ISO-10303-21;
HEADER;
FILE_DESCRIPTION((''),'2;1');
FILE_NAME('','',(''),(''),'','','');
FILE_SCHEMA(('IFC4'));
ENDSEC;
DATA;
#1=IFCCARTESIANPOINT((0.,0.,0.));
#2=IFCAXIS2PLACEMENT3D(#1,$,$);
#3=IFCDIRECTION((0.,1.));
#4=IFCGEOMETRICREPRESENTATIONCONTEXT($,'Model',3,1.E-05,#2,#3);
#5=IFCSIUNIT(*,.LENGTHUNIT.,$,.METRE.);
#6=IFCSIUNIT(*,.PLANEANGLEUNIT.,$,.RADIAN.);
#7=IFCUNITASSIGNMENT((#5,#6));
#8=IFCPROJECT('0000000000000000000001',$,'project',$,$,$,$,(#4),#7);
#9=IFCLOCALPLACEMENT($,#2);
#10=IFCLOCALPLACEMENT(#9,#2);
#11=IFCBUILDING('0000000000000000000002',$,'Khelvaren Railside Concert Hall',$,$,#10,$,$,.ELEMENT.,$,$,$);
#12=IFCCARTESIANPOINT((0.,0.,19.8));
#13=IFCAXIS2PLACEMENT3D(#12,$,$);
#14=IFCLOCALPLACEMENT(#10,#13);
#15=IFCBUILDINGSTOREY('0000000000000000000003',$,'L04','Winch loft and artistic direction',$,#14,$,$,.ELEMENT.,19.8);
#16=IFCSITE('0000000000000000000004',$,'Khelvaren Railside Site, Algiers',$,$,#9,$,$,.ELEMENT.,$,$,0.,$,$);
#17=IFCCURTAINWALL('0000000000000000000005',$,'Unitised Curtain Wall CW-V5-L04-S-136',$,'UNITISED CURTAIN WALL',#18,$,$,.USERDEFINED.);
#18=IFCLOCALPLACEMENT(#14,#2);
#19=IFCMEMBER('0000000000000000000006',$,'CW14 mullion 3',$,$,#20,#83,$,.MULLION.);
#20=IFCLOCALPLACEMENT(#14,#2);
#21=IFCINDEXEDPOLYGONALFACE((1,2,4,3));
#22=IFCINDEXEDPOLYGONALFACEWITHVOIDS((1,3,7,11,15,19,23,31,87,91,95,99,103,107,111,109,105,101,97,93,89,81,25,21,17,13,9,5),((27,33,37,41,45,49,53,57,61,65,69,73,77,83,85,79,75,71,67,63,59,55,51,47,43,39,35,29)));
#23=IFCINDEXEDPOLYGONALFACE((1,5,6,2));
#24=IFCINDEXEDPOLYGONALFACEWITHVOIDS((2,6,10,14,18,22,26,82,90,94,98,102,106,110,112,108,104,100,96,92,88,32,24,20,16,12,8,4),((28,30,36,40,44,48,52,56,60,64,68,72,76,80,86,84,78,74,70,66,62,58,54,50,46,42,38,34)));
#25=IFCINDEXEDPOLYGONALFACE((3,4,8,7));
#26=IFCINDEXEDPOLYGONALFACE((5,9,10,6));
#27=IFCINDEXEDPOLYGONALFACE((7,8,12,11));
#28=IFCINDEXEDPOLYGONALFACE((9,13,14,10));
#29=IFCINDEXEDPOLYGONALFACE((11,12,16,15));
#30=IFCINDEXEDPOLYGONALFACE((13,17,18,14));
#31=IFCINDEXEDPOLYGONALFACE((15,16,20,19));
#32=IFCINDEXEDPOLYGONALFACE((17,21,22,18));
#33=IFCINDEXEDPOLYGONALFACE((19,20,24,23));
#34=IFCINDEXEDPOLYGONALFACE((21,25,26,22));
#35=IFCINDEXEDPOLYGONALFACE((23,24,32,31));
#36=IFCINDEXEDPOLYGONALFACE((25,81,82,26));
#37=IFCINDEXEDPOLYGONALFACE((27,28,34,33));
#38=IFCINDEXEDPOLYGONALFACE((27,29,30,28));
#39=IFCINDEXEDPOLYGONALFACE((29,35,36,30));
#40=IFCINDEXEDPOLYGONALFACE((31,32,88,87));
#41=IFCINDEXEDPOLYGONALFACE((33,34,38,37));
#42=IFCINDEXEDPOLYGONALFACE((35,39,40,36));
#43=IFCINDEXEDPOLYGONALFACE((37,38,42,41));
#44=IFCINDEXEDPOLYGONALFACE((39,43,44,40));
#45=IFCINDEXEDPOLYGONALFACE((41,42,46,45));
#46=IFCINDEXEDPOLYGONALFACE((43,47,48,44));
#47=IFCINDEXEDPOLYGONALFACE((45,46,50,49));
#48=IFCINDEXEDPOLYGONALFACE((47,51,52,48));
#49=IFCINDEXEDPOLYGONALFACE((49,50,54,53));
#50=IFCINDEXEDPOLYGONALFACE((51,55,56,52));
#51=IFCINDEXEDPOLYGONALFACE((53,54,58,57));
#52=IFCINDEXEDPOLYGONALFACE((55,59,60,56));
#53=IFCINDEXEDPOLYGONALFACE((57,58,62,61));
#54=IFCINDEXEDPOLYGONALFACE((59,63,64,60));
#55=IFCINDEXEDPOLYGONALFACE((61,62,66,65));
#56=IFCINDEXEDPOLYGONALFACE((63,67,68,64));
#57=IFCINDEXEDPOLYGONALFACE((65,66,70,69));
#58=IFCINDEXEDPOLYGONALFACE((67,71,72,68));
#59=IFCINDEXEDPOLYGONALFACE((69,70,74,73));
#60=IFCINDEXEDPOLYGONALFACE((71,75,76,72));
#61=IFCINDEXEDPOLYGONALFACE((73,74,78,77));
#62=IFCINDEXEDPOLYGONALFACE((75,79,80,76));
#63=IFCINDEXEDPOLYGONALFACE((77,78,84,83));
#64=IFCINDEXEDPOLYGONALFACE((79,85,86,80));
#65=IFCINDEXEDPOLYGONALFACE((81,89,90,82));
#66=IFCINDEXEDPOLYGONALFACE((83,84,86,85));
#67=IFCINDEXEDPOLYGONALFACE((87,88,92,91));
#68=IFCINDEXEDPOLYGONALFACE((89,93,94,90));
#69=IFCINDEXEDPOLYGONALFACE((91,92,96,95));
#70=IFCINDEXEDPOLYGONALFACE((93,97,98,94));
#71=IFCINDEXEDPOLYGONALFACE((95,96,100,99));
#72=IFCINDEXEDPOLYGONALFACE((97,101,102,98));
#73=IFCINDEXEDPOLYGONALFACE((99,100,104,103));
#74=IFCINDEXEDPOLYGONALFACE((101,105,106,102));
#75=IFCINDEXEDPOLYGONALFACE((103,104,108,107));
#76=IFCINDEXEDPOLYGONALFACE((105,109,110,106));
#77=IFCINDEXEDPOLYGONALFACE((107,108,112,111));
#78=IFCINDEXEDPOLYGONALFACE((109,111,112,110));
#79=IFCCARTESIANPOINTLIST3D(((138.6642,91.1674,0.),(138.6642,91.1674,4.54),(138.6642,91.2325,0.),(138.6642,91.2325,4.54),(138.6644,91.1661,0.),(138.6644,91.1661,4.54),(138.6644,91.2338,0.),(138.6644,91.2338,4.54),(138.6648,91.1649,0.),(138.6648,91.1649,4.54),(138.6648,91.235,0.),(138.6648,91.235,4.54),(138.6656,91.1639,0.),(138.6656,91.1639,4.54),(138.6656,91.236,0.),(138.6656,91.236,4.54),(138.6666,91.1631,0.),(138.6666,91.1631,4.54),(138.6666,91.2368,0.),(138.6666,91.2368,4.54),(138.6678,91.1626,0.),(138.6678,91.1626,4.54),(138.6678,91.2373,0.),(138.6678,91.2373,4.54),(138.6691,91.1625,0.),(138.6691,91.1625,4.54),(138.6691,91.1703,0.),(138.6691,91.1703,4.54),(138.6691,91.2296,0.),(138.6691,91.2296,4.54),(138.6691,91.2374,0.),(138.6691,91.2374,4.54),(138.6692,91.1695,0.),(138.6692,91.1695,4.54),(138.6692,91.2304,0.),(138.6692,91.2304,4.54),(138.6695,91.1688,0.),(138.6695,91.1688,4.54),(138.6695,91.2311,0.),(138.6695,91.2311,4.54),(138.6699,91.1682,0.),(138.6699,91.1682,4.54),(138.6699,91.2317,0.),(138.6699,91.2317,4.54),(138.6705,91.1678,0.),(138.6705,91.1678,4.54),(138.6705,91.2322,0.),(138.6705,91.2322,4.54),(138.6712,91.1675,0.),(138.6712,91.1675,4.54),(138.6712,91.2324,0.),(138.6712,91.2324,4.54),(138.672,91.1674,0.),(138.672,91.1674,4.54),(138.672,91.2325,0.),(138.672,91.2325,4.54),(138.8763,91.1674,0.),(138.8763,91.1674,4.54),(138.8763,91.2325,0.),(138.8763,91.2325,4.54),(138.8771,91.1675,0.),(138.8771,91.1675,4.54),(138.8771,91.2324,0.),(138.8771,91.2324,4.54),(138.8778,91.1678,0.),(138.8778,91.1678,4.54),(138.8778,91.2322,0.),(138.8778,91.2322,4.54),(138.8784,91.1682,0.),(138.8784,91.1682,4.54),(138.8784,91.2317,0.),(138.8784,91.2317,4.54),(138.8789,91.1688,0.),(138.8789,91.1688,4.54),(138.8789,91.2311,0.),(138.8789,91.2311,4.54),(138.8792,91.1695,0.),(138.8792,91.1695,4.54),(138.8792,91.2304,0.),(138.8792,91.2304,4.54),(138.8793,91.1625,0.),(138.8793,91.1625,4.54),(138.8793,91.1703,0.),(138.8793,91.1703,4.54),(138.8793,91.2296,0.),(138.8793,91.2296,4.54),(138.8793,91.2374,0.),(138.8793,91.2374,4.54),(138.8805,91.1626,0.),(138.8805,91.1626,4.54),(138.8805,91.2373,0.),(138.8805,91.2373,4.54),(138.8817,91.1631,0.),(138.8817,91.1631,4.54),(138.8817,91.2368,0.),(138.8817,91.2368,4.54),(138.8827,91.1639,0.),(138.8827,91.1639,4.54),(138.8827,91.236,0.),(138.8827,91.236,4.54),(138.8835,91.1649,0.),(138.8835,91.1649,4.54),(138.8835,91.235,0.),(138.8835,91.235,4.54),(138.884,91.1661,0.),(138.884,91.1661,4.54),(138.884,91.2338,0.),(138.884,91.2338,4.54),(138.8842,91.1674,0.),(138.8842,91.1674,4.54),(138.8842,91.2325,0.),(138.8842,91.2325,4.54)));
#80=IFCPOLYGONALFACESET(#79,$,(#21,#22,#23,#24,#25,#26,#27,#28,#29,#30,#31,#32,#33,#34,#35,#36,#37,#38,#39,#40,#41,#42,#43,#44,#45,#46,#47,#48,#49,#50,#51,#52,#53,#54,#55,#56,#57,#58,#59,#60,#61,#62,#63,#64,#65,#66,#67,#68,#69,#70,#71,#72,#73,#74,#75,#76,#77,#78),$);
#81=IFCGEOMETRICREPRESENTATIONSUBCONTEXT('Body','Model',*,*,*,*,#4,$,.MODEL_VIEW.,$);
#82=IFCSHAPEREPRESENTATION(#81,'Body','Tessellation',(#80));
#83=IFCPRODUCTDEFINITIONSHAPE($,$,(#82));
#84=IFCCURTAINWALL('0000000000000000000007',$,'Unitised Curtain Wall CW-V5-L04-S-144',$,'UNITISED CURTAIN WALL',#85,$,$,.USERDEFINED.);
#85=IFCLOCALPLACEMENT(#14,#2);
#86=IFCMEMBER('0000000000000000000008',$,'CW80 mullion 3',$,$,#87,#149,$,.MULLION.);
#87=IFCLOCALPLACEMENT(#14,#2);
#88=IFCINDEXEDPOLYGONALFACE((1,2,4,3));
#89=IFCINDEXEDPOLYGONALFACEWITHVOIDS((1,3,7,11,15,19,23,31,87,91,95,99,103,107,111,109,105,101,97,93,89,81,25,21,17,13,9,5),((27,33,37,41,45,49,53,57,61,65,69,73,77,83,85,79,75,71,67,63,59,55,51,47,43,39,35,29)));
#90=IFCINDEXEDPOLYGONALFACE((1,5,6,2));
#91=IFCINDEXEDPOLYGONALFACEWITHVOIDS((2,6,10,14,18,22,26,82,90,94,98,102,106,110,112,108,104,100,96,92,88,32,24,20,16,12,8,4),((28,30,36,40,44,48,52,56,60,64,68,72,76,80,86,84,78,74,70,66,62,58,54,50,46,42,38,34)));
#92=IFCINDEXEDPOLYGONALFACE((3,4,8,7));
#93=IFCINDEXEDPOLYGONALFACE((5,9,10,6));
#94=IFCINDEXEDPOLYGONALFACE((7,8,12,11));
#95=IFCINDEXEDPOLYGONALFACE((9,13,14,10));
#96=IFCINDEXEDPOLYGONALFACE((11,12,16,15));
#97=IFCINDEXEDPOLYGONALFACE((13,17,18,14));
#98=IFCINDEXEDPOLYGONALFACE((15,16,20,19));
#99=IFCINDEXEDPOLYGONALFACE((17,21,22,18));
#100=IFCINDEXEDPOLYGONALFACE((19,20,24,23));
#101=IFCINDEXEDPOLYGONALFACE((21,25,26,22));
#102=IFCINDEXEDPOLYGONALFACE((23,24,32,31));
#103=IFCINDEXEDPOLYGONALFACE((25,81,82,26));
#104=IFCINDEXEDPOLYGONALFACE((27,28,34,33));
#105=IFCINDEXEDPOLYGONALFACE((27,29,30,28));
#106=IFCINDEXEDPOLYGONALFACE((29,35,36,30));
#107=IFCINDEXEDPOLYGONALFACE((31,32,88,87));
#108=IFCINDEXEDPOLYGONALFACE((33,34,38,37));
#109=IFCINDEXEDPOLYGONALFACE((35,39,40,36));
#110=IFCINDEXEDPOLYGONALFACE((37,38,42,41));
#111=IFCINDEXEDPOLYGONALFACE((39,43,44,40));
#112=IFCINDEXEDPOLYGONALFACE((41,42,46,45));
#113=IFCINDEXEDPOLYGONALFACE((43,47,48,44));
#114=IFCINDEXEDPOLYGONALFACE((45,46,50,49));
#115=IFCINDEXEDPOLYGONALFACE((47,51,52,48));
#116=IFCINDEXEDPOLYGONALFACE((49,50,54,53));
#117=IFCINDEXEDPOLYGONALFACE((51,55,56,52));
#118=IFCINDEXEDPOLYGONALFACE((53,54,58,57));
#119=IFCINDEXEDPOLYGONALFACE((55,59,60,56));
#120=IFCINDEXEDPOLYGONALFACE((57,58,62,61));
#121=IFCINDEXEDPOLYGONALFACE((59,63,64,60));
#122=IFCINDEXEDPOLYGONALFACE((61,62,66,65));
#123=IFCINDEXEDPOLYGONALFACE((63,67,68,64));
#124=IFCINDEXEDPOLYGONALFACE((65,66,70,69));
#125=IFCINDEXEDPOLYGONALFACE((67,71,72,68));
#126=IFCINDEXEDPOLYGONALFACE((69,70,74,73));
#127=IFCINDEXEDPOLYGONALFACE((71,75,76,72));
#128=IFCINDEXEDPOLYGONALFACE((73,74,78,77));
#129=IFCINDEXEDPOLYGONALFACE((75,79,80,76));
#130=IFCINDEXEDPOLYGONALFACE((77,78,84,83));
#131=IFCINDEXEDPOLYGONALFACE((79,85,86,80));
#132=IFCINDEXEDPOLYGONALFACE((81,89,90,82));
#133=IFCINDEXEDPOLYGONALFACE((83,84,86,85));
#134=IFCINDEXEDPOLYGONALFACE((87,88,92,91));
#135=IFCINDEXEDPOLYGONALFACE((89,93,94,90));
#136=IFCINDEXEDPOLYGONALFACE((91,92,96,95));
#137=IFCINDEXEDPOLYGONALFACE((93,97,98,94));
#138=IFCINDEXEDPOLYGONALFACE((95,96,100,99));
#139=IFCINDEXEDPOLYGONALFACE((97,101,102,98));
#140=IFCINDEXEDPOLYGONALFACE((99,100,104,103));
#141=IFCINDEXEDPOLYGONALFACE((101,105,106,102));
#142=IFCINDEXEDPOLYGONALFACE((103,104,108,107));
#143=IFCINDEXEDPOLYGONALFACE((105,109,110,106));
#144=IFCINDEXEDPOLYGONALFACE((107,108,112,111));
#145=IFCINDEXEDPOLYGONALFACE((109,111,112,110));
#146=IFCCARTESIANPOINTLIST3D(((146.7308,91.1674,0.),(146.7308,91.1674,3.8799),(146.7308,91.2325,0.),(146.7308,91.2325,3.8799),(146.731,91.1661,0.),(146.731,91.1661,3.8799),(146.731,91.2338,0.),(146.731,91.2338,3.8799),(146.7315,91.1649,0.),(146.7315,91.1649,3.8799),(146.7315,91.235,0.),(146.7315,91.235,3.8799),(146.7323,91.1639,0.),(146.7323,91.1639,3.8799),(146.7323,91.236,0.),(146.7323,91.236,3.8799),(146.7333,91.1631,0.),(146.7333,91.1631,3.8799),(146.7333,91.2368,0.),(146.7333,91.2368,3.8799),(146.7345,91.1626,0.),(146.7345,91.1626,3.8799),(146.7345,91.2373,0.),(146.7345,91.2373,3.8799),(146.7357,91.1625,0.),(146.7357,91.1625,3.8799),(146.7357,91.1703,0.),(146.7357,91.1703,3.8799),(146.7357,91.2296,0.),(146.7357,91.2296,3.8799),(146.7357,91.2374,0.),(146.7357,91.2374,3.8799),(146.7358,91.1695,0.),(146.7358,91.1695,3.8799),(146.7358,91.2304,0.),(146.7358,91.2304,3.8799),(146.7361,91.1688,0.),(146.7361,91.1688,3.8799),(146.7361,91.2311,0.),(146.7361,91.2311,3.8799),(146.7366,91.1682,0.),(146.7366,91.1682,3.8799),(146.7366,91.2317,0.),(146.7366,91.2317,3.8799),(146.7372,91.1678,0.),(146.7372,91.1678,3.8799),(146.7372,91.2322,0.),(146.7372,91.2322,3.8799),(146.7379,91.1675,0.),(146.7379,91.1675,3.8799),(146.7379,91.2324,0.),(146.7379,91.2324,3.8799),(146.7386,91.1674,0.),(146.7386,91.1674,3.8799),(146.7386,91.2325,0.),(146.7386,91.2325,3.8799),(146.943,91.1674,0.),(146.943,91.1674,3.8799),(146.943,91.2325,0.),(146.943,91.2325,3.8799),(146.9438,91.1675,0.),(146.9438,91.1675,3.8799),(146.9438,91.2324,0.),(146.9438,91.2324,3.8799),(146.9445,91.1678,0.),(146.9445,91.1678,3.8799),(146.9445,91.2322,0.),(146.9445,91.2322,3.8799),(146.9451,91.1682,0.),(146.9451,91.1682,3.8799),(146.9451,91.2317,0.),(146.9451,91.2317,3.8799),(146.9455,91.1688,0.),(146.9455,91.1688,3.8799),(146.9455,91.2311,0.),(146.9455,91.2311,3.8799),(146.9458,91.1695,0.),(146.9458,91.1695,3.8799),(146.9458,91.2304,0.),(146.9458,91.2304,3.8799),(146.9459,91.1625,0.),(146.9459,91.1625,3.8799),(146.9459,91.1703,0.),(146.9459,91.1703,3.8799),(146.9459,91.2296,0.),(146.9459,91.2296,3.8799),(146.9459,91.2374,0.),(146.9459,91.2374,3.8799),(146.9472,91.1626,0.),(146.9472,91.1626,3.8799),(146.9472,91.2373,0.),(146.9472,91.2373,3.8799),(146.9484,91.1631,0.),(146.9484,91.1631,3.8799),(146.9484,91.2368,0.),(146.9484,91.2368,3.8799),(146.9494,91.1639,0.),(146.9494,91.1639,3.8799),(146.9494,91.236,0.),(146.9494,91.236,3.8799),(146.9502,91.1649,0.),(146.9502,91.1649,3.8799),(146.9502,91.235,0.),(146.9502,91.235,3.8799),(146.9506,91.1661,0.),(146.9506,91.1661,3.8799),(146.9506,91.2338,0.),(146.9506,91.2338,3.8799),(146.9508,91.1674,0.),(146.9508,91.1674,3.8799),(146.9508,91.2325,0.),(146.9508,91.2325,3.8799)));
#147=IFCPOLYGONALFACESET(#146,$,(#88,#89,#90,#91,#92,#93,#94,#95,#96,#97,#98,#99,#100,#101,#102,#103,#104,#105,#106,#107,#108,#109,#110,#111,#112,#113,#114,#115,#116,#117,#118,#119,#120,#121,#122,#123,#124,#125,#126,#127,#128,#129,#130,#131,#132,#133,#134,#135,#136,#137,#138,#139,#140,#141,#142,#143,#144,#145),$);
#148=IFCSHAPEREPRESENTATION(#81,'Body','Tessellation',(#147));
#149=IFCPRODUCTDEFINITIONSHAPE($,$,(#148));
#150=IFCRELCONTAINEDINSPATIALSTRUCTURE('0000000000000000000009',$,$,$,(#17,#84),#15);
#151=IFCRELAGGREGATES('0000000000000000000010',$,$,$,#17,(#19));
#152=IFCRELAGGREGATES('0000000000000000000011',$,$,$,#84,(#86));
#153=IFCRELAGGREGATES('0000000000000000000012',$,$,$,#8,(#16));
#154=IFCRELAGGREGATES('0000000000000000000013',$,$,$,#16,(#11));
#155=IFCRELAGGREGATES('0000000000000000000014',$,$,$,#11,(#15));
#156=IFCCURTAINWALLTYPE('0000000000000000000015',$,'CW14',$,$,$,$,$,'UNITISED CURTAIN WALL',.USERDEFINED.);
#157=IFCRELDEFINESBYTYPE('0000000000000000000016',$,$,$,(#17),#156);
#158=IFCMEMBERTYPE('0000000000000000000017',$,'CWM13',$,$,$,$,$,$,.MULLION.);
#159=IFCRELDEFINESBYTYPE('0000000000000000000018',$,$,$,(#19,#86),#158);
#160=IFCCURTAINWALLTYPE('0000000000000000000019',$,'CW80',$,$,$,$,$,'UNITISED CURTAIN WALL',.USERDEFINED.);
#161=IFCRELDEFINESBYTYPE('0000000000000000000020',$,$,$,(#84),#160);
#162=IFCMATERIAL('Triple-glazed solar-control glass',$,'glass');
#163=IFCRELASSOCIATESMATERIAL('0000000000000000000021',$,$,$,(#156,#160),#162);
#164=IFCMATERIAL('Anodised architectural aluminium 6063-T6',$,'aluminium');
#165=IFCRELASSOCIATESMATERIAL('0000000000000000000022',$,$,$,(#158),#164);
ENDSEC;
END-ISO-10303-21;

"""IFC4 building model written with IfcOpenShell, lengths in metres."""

from ifc_helpers import new_model, si_unit, direction, frame, origin, origin_2d, place, context, subcontext, project, spatial, hollow_rectangle, extrude, material, material_profile, profile_set, type_object, element, aggregate, save


model = new_model("IFC4")

# Units and contexts
model_context = context("Model", 3, precision=1e-05, world=origin(), true_north=direction((0.0, 1.0)))
body_context = subcontext(model_context, "Body", "Model", "MODEL_VIEW")
ifc_project = project(units=[si_unit("LENGTHUNIT", "METRE"), si_unit("PLANEANGLEUNIT", "RADIAN")], contexts=[model_context])

# Site, building, storey
site_placement = place(None, origin())
site = spatial("IfcSite", under=ifc_project, at=site_placement, Name="Khelvaren Railside Site, Algiers", CompositionType="ELEMENT", RefElevation=0.0)
building_placement = place(site_placement, origin())
building = spatial("IfcBuilding", under=site, at=building_placement, Name="Khelvaren Railside Concert Hall", CompositionType="ELEMENT")
storey_placement = place(building_placement, frame((0.0, 0.0, 19.8)))
storey = spatial("IfcBuildingStorey", under=building, at=storey_placement, Name="L04", Description="Winch loft and artistic direction", CompositionType="ELEMENT", Elevation=19.8)

# Curtain walls, members
ifc_material_1 = material(Name="Triple-glazed solar-control glass", Category="glass")
curtain_wall_type_1 = type_object("IfcCurtainWallType", Name="CW14", ElementType="UNITISED CURTAIN WALL", PredefinedType="USERDEFINED", material=ifc_material_1)
curtain_wall_1_placement = place(storey_placement, origin())
curtain_wall_1 = element("IfcCurtainWall", 1, at=curtain_wall_1_placement, inside=storey, type_object=curtain_wall_type_1, Name="Unitised Curtain Wall CW-V5-L04-S-136", ObjectType="UNITISED CURTAIN WALL", PredefinedType="USERDEFINED")
ifc_material_2 = material(Name="Anodised architectural aluminium 6063-T6", Category="aluminium")
ifc_material_profile_1 = material_profile(ifc_material_2, hollow_rectangle(XDim=0.075, YDim=0.22, WallThickness=0.0049, InnerFilletRadius=0.0029, OuterFilletRadius=0.0049, at=origin_2d()), Name="CWM 75x220x5")
ifc_profile_set_1 = profile_set([ifc_material_profile_1], Name="Anodised architectural aluminium 6063-T6")
member_type_1 = type_object("IfcMemberType", Name="CWM13", PredefinedType="MULLION", material=ifc_profile_set_1)
member_1_placement = place(storey_placement, frame((138.7742, 91.2, 0.0), z_axis=(0.0, 0.0, 1.0), x_axis=(0.0, -1.0, 0.0)))
member_1 = element("IfcMember", 2, at=member_1_placement, type_object=member_type_1, Name="CW14 mullion 3", PredefinedType="MULLION", context=body_context, shape_type="SweptSolid", body=[
    extrude(hollow_rectangle(XDim=0.075, YDim=0.22, WallThickness=0.0049, InnerFilletRadius=0.0029, OuterFilletRadius=0.0049, at=origin_2d()), origin(), (0.0, 0.0, 1.0), 4.54),
])
curtain_wall_type_2 = type_object("IfcCurtainWallType", Name="CW80", ElementType="UNITISED CURTAIN WALL", PredefinedType="USERDEFINED", material=ifc_material_1)
curtain_wall_2_placement = place(storey_placement, origin())
curtain_wall_2 = element("IfcCurtainWall", 3, at=curtain_wall_2_placement, inside=storey, type_object=curtain_wall_type_2, Name="Unitised Curtain Wall CW-V5-L04-S-144", ObjectType="UNITISED CURTAIN WALL", PredefinedType="USERDEFINED")
member_2_placement = place(storey_placement, frame((146.8408, 91.2, 0.0), z_axis=(0.0, 0.0, 1.0), x_axis=(0.0, -1.0, 0.0)))
member_2 = element("IfcMember", 4, at=member_2_placement, type_object=member_type_1, Name="CW80 mullion 3", PredefinedType="MULLION", context=body_context, shape_type="SweptSolid", body=[
    extrude(hollow_rectangle(XDim=0.075, YDim=0.22, WallThickness=0.0049, InnerFilletRadius=0.0029, OuterFilletRadius=0.0049, at=origin_2d()), origin(), (0.0, 0.0, 1.0), 3.8799),
])

aggregate(curtain_wall_1, [member_1])
aggregate(curtain_wall_2, [member_2])

save(model, "model.ifc")
